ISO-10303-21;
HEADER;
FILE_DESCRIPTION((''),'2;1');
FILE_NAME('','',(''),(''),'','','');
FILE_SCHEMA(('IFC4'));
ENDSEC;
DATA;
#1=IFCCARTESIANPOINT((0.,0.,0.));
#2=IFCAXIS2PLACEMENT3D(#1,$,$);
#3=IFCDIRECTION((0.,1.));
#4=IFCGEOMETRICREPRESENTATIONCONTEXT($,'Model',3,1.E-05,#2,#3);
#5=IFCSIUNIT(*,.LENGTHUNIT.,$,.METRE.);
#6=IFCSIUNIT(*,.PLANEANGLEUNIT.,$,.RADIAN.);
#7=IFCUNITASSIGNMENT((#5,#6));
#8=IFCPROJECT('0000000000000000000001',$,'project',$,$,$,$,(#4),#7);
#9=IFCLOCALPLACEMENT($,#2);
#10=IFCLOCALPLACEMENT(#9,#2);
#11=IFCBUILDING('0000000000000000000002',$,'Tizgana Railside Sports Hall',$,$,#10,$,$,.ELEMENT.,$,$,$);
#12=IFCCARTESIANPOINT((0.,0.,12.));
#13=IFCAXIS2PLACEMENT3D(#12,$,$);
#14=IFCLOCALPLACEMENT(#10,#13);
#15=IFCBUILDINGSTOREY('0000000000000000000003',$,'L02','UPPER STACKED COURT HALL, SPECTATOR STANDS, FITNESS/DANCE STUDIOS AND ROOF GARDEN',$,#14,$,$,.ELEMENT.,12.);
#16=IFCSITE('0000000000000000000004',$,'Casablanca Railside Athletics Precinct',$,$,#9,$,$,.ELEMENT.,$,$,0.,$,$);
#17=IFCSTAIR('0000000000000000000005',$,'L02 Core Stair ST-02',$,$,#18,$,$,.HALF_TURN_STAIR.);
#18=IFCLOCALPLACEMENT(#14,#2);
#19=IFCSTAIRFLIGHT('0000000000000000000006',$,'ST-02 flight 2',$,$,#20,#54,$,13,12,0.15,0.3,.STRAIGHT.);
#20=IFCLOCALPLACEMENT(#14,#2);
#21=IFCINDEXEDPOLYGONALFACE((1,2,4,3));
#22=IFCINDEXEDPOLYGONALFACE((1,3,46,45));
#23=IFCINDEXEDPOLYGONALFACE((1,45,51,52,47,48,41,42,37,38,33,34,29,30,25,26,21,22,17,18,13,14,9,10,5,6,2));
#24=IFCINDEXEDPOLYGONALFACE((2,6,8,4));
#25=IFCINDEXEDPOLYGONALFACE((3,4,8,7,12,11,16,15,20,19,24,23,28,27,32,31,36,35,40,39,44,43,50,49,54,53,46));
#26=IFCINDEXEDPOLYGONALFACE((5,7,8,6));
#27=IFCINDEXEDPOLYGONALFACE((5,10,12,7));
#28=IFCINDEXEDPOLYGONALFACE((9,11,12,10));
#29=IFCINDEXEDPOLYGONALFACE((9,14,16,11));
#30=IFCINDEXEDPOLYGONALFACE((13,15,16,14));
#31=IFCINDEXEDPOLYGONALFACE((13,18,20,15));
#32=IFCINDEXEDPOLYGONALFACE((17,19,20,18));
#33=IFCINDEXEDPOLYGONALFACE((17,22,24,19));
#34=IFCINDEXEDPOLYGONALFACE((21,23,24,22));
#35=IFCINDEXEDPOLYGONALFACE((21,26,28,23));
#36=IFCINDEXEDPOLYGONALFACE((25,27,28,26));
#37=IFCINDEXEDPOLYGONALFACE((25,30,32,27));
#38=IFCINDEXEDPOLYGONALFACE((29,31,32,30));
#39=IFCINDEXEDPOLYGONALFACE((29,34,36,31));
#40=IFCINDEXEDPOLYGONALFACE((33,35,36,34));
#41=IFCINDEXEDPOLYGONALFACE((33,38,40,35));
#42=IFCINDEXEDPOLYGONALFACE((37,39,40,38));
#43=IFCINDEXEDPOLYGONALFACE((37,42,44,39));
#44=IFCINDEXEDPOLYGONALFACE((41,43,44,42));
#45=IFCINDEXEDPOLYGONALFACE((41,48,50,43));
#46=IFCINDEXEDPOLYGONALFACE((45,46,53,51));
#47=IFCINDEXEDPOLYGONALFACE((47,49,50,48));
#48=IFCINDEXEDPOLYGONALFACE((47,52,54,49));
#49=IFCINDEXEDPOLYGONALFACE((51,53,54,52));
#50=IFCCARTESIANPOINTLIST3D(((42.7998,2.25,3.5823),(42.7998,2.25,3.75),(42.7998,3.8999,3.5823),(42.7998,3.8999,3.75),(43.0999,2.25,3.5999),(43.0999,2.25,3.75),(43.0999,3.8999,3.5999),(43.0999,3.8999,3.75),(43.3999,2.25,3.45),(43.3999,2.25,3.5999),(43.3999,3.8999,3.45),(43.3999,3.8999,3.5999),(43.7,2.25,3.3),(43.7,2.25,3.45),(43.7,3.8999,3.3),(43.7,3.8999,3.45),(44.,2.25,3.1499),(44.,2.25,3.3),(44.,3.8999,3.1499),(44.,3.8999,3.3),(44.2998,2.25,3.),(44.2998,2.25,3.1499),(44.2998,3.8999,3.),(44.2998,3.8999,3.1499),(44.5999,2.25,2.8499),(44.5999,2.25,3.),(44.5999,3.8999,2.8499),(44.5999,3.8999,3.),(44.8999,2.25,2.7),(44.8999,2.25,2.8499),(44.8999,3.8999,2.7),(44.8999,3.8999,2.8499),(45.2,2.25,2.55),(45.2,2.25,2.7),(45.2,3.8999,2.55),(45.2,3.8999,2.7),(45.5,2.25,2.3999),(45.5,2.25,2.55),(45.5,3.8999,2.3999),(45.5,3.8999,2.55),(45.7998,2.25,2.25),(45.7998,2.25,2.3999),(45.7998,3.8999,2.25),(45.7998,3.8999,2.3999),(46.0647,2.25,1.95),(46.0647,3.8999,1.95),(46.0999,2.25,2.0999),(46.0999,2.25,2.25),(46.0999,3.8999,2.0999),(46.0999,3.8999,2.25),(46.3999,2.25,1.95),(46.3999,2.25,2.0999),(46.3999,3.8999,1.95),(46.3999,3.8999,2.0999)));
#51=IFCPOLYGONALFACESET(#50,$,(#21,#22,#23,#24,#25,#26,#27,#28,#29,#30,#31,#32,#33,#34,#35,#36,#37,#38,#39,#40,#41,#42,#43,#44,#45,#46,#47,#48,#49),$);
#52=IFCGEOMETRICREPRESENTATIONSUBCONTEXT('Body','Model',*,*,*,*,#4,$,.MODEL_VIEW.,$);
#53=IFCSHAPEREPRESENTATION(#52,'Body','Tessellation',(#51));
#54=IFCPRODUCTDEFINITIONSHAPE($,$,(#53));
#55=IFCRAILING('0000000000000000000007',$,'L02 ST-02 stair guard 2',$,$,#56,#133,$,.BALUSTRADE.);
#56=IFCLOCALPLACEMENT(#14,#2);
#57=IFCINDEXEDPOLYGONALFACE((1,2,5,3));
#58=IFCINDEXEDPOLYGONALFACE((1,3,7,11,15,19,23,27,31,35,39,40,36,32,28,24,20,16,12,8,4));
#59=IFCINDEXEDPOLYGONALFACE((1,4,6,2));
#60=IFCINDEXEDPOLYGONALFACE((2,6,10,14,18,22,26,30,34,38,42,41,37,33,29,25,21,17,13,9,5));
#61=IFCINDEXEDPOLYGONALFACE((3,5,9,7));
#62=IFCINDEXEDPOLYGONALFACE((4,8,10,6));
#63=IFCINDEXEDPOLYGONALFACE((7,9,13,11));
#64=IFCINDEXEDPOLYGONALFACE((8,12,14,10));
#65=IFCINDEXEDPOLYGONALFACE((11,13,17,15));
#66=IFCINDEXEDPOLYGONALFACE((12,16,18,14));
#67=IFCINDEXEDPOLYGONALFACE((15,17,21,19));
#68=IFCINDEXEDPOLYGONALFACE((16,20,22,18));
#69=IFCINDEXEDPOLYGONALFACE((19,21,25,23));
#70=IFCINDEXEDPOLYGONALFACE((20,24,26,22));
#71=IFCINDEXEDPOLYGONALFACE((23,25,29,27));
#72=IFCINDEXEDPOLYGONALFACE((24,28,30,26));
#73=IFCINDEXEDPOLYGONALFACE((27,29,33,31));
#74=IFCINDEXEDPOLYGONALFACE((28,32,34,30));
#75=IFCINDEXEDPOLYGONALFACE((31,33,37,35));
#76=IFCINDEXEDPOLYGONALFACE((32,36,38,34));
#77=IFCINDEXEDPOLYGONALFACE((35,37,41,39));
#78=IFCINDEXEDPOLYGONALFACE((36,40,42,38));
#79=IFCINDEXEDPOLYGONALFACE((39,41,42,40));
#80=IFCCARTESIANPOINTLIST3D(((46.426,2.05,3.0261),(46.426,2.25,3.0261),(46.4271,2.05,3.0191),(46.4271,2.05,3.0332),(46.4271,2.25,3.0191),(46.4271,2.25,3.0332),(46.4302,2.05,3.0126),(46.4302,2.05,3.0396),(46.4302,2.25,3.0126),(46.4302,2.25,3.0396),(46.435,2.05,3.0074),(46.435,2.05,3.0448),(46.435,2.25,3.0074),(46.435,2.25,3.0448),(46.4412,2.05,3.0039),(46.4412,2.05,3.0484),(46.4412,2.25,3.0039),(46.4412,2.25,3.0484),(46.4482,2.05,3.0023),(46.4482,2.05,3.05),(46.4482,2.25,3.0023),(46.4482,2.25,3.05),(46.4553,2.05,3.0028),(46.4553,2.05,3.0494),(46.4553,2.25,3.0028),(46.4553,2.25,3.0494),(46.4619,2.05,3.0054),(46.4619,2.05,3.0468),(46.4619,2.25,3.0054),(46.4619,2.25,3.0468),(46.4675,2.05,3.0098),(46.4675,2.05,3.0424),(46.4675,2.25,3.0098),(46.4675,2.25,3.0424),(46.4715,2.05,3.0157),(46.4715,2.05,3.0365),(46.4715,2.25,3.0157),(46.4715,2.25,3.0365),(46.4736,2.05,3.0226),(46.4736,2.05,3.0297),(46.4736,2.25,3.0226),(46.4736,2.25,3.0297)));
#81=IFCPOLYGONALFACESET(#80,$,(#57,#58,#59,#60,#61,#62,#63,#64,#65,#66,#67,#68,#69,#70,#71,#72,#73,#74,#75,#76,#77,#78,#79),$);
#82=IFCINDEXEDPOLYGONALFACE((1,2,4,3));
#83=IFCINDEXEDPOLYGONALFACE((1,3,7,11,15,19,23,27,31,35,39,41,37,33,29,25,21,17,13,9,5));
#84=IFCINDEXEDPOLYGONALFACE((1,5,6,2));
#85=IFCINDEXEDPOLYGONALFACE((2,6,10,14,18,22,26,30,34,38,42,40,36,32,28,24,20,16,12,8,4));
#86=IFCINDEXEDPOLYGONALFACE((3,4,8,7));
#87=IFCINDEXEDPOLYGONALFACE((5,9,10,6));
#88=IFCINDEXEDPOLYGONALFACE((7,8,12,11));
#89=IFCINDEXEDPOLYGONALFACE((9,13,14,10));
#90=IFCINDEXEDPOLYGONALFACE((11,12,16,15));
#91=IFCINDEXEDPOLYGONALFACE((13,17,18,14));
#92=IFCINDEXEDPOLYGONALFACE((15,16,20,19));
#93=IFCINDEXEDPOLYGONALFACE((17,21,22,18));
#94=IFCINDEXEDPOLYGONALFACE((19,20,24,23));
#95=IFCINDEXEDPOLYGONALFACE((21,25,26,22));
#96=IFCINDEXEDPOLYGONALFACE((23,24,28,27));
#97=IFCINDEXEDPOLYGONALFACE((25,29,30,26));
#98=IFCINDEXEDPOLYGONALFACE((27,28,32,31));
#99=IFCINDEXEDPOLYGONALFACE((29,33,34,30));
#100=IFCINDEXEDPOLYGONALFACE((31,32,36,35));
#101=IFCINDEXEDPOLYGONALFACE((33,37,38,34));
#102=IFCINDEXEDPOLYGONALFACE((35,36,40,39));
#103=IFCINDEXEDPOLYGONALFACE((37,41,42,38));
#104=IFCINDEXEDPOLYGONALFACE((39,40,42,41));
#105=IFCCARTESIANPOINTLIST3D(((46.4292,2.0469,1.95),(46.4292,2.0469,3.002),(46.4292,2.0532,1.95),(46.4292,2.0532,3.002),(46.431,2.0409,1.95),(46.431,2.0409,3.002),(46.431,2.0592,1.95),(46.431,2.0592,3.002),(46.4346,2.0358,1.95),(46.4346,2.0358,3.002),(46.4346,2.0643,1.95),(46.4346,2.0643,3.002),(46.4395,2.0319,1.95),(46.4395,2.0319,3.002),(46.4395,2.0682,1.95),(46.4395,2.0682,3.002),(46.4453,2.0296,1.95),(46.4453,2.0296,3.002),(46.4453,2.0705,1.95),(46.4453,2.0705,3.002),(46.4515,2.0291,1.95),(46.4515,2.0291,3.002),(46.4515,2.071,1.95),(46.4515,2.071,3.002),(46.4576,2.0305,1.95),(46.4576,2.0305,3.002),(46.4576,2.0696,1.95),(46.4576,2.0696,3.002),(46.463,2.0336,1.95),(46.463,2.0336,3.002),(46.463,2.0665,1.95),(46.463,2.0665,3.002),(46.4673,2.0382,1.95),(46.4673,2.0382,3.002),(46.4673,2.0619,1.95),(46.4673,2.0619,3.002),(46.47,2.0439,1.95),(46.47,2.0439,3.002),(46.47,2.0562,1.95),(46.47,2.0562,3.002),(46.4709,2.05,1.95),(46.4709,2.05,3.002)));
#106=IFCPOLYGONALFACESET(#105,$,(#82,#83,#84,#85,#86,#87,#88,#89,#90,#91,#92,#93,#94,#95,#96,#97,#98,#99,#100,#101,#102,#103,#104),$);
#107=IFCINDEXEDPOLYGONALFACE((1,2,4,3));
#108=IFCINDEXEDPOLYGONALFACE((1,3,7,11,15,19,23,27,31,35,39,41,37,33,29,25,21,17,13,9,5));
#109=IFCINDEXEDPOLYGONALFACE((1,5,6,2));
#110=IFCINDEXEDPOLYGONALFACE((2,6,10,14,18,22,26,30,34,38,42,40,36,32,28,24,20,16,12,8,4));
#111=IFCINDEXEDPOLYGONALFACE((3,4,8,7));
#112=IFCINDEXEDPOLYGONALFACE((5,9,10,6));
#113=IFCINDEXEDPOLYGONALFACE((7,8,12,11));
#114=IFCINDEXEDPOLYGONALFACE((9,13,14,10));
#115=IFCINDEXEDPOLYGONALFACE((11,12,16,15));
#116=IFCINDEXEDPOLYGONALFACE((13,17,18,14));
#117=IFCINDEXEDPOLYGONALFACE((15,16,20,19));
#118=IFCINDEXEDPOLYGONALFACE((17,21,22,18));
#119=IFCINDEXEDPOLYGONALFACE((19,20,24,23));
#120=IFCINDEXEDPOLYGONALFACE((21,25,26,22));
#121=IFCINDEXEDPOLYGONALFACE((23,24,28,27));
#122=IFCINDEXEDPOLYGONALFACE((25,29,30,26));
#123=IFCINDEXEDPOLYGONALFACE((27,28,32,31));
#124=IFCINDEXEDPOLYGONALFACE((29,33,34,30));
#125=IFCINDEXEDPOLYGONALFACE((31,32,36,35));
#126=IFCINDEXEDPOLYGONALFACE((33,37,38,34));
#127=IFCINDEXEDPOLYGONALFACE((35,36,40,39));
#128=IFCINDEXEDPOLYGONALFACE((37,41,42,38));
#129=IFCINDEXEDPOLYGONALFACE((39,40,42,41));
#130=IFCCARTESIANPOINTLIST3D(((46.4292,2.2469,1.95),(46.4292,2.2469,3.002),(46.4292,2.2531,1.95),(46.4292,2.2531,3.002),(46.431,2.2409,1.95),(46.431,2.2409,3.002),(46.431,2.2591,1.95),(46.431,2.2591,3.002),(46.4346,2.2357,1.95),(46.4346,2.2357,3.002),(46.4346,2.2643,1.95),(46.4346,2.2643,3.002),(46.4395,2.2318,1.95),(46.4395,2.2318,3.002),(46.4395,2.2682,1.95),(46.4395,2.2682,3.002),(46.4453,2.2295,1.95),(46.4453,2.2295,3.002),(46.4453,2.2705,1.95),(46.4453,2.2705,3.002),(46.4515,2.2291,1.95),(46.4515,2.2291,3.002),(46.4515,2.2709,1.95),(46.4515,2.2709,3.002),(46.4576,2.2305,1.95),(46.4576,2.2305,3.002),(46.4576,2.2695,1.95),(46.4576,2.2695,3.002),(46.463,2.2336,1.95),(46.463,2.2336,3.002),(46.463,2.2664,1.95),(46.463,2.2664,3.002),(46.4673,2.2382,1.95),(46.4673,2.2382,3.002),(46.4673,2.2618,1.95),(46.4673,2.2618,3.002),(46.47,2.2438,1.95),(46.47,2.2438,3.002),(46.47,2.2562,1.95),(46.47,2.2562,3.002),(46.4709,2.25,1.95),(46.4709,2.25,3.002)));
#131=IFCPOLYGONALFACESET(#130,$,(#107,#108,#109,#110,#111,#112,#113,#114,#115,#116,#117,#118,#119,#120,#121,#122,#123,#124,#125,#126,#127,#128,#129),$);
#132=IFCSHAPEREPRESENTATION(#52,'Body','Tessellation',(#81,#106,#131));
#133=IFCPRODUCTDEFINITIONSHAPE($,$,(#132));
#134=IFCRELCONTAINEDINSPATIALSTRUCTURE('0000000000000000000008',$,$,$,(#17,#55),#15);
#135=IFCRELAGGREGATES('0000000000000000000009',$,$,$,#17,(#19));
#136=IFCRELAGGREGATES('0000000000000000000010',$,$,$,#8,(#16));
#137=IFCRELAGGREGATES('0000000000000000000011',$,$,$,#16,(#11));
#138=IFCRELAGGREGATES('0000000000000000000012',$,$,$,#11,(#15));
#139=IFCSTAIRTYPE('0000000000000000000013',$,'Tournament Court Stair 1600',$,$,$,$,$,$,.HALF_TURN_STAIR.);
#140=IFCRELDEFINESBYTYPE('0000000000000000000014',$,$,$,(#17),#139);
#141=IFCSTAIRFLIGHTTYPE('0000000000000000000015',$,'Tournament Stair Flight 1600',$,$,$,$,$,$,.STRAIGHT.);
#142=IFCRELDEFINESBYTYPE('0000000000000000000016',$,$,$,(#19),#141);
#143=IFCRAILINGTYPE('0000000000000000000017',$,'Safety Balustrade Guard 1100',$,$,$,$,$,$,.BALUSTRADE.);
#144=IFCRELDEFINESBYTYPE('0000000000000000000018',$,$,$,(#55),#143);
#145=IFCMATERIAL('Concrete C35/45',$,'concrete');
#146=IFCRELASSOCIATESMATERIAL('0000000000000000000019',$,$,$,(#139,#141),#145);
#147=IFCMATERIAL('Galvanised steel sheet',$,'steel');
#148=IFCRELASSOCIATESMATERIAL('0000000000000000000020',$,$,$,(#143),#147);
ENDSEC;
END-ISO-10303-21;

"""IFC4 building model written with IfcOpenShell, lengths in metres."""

from ifc_helpers import new_model, si_unit, direction, frame, origin, origin_2d, place, context, subcontext, project, spatial, polyline, circle, outline, extrude, material, type_object, element, aggregate, save


model = new_model("IFC4")

# Units and contexts
model_context = context("Model", 3, precision=1e-05, world=origin(), true_north=direction((0.0, 1.0)))
body_context = subcontext(model_context, "Body", "Model", "MODEL_VIEW")
ifc_project = project(units=[si_unit("LENGTHUNIT", "METRE"), si_unit("PLANEANGLEUNIT", "RADIAN")], contexts=[model_context])

# Site, building, storey
site_placement = place(None, origin())
site = spatial("IfcSite", under=ifc_project, at=site_placement, Name="Casablanca Railside Athletics Precinct", CompositionType="ELEMENT", RefElevation=0.0)
building_placement = place(site_placement, origin())
building = spatial("IfcBuilding", under=site, at=building_placement, Name="Tizgana Railside Sports Hall", CompositionType="ELEMENT")
storey_placement = place(building_placement, frame((0.0, 0.0, 12.0)))
storey = spatial("IfcBuildingStorey", under=building, at=storey_placement, Name="L02", Description="UPPER STACKED COURT HALL, SPECTATOR STANDS, FITNESS/DANCE STUDIOS AND ROOF GARDEN", CompositionType="ELEMENT", Elevation=12.0)

# Shared definitions
ifc_material_1 = material(Name="Concrete C35/45", Category="concrete")

# Stair, stair flight
stair_type = type_object("IfcStairType", Name="Tournament Court Stair 1600", PredefinedType="HALF_TURN_STAIR", material=ifc_material_1)
stair_placement = place(storey_placement, origin())
stair = element("IfcStair", 1, at=stair_placement, inside=storey, type_object=stair_type, Name="L02 Core Stair ST-02", PredefinedType="HALF_TURN_STAIR")
stair_flight_type = type_object("IfcStairFlightType", Name="Tournament Stair Flight 1600", PredefinedType="STRAIGHT", material=ifc_material_1)
stair_flight_placement = place(storey_placement, frame((46.3999, 3.075, 1.95), z_axis=(0.0, 0.0, 1.0), x_axis=(-1.0, 0.0, 0.0)))
stair_flight = element("IfcStairFlight", 2, at=stair_flight_placement, type_object=stair_flight_type, Name="ST-02 flight 2", NumberOfRisers=13, NumberOfTreads=12, PredefinedType="STRAIGHT", RiserHeight=0.15, TreadLength=0.3, context=body_context, shape_type="SweptSolid", body=[
    extrude(outline(polyline([(0.0, 0.0), (0.0, 0.1499), (0.3, 0.1499), (0.3, 0.3), (0.6001, 0.3), (0.6001, 0.45), (0.8999, 0.45), (0.8999, 0.6001), (1.2, 0.6001), (1.2, 0.75), (1.5, 0.75), (1.5, 0.8999), (1.8, 0.8999), (1.8, 1.05), (2.1001, 1.05), (2.1001, 1.2), (2.3999, 1.2), (2.3999, 1.3501), (2.7, 1.3501), (2.7, 1.5), (3.0, 1.5), (3.0, 1.6499), (3.3, 1.6499), (3.3, 1.8), (3.6001, 1.8), (3.6001, 1.95), (3.6001, 1.6323), (0.3352, 0.0), (0.0, 0.0)])), frame((0.0, 0.825, 0.0), z_axis=(0.0, -1.0, 0.0), x_axis=(1.0, 0.0, 0.0)), (0.0, 0.0, 1.0), 1.6499),
])
aggregate(stair, [stair_flight])

# Railing
ifc_material_2 = material(Name="Galvanised steel sheet", Category="steel")
railing_type_1 = type_object("IfcRailingType", Name="Safety Balustrade Guard 1100", PredefinedType="BALUSTRADE", material=ifc_material_2)
railing_1_placement = place(storey_placement, frame((46.45, 2.05, 1.95)))
element("IfcRailing", 3, at=railing_1_placement, inside=storey, type_object=railing_type_1, Name="L02 ST-02 stair guard 2", PredefinedType="BALUSTRADE", context=body_context, shape_type="SweptSolid", body=[
    extrude(circle(Radius=0.0239, at=origin_2d()), frame((0.0, 0.0, 1.0762), z_axis=(0.0, 1.0, 0.0), x_axis=(-1.0, 0.0, 0.0)), (0.0, 0.0, 1.0), 0.2),
    extrude(circle(Radius=0.021, at=origin_2d()), origin(), (0.0, 0.0, 1.0), 1.052),
    extrude(circle(Radius=0.021, at=origin_2d()), frame((0.0, 0.2, 0.0)), (0.0, 0.0, 1.0), 1.052),
])

save(model, "model.ifc")
